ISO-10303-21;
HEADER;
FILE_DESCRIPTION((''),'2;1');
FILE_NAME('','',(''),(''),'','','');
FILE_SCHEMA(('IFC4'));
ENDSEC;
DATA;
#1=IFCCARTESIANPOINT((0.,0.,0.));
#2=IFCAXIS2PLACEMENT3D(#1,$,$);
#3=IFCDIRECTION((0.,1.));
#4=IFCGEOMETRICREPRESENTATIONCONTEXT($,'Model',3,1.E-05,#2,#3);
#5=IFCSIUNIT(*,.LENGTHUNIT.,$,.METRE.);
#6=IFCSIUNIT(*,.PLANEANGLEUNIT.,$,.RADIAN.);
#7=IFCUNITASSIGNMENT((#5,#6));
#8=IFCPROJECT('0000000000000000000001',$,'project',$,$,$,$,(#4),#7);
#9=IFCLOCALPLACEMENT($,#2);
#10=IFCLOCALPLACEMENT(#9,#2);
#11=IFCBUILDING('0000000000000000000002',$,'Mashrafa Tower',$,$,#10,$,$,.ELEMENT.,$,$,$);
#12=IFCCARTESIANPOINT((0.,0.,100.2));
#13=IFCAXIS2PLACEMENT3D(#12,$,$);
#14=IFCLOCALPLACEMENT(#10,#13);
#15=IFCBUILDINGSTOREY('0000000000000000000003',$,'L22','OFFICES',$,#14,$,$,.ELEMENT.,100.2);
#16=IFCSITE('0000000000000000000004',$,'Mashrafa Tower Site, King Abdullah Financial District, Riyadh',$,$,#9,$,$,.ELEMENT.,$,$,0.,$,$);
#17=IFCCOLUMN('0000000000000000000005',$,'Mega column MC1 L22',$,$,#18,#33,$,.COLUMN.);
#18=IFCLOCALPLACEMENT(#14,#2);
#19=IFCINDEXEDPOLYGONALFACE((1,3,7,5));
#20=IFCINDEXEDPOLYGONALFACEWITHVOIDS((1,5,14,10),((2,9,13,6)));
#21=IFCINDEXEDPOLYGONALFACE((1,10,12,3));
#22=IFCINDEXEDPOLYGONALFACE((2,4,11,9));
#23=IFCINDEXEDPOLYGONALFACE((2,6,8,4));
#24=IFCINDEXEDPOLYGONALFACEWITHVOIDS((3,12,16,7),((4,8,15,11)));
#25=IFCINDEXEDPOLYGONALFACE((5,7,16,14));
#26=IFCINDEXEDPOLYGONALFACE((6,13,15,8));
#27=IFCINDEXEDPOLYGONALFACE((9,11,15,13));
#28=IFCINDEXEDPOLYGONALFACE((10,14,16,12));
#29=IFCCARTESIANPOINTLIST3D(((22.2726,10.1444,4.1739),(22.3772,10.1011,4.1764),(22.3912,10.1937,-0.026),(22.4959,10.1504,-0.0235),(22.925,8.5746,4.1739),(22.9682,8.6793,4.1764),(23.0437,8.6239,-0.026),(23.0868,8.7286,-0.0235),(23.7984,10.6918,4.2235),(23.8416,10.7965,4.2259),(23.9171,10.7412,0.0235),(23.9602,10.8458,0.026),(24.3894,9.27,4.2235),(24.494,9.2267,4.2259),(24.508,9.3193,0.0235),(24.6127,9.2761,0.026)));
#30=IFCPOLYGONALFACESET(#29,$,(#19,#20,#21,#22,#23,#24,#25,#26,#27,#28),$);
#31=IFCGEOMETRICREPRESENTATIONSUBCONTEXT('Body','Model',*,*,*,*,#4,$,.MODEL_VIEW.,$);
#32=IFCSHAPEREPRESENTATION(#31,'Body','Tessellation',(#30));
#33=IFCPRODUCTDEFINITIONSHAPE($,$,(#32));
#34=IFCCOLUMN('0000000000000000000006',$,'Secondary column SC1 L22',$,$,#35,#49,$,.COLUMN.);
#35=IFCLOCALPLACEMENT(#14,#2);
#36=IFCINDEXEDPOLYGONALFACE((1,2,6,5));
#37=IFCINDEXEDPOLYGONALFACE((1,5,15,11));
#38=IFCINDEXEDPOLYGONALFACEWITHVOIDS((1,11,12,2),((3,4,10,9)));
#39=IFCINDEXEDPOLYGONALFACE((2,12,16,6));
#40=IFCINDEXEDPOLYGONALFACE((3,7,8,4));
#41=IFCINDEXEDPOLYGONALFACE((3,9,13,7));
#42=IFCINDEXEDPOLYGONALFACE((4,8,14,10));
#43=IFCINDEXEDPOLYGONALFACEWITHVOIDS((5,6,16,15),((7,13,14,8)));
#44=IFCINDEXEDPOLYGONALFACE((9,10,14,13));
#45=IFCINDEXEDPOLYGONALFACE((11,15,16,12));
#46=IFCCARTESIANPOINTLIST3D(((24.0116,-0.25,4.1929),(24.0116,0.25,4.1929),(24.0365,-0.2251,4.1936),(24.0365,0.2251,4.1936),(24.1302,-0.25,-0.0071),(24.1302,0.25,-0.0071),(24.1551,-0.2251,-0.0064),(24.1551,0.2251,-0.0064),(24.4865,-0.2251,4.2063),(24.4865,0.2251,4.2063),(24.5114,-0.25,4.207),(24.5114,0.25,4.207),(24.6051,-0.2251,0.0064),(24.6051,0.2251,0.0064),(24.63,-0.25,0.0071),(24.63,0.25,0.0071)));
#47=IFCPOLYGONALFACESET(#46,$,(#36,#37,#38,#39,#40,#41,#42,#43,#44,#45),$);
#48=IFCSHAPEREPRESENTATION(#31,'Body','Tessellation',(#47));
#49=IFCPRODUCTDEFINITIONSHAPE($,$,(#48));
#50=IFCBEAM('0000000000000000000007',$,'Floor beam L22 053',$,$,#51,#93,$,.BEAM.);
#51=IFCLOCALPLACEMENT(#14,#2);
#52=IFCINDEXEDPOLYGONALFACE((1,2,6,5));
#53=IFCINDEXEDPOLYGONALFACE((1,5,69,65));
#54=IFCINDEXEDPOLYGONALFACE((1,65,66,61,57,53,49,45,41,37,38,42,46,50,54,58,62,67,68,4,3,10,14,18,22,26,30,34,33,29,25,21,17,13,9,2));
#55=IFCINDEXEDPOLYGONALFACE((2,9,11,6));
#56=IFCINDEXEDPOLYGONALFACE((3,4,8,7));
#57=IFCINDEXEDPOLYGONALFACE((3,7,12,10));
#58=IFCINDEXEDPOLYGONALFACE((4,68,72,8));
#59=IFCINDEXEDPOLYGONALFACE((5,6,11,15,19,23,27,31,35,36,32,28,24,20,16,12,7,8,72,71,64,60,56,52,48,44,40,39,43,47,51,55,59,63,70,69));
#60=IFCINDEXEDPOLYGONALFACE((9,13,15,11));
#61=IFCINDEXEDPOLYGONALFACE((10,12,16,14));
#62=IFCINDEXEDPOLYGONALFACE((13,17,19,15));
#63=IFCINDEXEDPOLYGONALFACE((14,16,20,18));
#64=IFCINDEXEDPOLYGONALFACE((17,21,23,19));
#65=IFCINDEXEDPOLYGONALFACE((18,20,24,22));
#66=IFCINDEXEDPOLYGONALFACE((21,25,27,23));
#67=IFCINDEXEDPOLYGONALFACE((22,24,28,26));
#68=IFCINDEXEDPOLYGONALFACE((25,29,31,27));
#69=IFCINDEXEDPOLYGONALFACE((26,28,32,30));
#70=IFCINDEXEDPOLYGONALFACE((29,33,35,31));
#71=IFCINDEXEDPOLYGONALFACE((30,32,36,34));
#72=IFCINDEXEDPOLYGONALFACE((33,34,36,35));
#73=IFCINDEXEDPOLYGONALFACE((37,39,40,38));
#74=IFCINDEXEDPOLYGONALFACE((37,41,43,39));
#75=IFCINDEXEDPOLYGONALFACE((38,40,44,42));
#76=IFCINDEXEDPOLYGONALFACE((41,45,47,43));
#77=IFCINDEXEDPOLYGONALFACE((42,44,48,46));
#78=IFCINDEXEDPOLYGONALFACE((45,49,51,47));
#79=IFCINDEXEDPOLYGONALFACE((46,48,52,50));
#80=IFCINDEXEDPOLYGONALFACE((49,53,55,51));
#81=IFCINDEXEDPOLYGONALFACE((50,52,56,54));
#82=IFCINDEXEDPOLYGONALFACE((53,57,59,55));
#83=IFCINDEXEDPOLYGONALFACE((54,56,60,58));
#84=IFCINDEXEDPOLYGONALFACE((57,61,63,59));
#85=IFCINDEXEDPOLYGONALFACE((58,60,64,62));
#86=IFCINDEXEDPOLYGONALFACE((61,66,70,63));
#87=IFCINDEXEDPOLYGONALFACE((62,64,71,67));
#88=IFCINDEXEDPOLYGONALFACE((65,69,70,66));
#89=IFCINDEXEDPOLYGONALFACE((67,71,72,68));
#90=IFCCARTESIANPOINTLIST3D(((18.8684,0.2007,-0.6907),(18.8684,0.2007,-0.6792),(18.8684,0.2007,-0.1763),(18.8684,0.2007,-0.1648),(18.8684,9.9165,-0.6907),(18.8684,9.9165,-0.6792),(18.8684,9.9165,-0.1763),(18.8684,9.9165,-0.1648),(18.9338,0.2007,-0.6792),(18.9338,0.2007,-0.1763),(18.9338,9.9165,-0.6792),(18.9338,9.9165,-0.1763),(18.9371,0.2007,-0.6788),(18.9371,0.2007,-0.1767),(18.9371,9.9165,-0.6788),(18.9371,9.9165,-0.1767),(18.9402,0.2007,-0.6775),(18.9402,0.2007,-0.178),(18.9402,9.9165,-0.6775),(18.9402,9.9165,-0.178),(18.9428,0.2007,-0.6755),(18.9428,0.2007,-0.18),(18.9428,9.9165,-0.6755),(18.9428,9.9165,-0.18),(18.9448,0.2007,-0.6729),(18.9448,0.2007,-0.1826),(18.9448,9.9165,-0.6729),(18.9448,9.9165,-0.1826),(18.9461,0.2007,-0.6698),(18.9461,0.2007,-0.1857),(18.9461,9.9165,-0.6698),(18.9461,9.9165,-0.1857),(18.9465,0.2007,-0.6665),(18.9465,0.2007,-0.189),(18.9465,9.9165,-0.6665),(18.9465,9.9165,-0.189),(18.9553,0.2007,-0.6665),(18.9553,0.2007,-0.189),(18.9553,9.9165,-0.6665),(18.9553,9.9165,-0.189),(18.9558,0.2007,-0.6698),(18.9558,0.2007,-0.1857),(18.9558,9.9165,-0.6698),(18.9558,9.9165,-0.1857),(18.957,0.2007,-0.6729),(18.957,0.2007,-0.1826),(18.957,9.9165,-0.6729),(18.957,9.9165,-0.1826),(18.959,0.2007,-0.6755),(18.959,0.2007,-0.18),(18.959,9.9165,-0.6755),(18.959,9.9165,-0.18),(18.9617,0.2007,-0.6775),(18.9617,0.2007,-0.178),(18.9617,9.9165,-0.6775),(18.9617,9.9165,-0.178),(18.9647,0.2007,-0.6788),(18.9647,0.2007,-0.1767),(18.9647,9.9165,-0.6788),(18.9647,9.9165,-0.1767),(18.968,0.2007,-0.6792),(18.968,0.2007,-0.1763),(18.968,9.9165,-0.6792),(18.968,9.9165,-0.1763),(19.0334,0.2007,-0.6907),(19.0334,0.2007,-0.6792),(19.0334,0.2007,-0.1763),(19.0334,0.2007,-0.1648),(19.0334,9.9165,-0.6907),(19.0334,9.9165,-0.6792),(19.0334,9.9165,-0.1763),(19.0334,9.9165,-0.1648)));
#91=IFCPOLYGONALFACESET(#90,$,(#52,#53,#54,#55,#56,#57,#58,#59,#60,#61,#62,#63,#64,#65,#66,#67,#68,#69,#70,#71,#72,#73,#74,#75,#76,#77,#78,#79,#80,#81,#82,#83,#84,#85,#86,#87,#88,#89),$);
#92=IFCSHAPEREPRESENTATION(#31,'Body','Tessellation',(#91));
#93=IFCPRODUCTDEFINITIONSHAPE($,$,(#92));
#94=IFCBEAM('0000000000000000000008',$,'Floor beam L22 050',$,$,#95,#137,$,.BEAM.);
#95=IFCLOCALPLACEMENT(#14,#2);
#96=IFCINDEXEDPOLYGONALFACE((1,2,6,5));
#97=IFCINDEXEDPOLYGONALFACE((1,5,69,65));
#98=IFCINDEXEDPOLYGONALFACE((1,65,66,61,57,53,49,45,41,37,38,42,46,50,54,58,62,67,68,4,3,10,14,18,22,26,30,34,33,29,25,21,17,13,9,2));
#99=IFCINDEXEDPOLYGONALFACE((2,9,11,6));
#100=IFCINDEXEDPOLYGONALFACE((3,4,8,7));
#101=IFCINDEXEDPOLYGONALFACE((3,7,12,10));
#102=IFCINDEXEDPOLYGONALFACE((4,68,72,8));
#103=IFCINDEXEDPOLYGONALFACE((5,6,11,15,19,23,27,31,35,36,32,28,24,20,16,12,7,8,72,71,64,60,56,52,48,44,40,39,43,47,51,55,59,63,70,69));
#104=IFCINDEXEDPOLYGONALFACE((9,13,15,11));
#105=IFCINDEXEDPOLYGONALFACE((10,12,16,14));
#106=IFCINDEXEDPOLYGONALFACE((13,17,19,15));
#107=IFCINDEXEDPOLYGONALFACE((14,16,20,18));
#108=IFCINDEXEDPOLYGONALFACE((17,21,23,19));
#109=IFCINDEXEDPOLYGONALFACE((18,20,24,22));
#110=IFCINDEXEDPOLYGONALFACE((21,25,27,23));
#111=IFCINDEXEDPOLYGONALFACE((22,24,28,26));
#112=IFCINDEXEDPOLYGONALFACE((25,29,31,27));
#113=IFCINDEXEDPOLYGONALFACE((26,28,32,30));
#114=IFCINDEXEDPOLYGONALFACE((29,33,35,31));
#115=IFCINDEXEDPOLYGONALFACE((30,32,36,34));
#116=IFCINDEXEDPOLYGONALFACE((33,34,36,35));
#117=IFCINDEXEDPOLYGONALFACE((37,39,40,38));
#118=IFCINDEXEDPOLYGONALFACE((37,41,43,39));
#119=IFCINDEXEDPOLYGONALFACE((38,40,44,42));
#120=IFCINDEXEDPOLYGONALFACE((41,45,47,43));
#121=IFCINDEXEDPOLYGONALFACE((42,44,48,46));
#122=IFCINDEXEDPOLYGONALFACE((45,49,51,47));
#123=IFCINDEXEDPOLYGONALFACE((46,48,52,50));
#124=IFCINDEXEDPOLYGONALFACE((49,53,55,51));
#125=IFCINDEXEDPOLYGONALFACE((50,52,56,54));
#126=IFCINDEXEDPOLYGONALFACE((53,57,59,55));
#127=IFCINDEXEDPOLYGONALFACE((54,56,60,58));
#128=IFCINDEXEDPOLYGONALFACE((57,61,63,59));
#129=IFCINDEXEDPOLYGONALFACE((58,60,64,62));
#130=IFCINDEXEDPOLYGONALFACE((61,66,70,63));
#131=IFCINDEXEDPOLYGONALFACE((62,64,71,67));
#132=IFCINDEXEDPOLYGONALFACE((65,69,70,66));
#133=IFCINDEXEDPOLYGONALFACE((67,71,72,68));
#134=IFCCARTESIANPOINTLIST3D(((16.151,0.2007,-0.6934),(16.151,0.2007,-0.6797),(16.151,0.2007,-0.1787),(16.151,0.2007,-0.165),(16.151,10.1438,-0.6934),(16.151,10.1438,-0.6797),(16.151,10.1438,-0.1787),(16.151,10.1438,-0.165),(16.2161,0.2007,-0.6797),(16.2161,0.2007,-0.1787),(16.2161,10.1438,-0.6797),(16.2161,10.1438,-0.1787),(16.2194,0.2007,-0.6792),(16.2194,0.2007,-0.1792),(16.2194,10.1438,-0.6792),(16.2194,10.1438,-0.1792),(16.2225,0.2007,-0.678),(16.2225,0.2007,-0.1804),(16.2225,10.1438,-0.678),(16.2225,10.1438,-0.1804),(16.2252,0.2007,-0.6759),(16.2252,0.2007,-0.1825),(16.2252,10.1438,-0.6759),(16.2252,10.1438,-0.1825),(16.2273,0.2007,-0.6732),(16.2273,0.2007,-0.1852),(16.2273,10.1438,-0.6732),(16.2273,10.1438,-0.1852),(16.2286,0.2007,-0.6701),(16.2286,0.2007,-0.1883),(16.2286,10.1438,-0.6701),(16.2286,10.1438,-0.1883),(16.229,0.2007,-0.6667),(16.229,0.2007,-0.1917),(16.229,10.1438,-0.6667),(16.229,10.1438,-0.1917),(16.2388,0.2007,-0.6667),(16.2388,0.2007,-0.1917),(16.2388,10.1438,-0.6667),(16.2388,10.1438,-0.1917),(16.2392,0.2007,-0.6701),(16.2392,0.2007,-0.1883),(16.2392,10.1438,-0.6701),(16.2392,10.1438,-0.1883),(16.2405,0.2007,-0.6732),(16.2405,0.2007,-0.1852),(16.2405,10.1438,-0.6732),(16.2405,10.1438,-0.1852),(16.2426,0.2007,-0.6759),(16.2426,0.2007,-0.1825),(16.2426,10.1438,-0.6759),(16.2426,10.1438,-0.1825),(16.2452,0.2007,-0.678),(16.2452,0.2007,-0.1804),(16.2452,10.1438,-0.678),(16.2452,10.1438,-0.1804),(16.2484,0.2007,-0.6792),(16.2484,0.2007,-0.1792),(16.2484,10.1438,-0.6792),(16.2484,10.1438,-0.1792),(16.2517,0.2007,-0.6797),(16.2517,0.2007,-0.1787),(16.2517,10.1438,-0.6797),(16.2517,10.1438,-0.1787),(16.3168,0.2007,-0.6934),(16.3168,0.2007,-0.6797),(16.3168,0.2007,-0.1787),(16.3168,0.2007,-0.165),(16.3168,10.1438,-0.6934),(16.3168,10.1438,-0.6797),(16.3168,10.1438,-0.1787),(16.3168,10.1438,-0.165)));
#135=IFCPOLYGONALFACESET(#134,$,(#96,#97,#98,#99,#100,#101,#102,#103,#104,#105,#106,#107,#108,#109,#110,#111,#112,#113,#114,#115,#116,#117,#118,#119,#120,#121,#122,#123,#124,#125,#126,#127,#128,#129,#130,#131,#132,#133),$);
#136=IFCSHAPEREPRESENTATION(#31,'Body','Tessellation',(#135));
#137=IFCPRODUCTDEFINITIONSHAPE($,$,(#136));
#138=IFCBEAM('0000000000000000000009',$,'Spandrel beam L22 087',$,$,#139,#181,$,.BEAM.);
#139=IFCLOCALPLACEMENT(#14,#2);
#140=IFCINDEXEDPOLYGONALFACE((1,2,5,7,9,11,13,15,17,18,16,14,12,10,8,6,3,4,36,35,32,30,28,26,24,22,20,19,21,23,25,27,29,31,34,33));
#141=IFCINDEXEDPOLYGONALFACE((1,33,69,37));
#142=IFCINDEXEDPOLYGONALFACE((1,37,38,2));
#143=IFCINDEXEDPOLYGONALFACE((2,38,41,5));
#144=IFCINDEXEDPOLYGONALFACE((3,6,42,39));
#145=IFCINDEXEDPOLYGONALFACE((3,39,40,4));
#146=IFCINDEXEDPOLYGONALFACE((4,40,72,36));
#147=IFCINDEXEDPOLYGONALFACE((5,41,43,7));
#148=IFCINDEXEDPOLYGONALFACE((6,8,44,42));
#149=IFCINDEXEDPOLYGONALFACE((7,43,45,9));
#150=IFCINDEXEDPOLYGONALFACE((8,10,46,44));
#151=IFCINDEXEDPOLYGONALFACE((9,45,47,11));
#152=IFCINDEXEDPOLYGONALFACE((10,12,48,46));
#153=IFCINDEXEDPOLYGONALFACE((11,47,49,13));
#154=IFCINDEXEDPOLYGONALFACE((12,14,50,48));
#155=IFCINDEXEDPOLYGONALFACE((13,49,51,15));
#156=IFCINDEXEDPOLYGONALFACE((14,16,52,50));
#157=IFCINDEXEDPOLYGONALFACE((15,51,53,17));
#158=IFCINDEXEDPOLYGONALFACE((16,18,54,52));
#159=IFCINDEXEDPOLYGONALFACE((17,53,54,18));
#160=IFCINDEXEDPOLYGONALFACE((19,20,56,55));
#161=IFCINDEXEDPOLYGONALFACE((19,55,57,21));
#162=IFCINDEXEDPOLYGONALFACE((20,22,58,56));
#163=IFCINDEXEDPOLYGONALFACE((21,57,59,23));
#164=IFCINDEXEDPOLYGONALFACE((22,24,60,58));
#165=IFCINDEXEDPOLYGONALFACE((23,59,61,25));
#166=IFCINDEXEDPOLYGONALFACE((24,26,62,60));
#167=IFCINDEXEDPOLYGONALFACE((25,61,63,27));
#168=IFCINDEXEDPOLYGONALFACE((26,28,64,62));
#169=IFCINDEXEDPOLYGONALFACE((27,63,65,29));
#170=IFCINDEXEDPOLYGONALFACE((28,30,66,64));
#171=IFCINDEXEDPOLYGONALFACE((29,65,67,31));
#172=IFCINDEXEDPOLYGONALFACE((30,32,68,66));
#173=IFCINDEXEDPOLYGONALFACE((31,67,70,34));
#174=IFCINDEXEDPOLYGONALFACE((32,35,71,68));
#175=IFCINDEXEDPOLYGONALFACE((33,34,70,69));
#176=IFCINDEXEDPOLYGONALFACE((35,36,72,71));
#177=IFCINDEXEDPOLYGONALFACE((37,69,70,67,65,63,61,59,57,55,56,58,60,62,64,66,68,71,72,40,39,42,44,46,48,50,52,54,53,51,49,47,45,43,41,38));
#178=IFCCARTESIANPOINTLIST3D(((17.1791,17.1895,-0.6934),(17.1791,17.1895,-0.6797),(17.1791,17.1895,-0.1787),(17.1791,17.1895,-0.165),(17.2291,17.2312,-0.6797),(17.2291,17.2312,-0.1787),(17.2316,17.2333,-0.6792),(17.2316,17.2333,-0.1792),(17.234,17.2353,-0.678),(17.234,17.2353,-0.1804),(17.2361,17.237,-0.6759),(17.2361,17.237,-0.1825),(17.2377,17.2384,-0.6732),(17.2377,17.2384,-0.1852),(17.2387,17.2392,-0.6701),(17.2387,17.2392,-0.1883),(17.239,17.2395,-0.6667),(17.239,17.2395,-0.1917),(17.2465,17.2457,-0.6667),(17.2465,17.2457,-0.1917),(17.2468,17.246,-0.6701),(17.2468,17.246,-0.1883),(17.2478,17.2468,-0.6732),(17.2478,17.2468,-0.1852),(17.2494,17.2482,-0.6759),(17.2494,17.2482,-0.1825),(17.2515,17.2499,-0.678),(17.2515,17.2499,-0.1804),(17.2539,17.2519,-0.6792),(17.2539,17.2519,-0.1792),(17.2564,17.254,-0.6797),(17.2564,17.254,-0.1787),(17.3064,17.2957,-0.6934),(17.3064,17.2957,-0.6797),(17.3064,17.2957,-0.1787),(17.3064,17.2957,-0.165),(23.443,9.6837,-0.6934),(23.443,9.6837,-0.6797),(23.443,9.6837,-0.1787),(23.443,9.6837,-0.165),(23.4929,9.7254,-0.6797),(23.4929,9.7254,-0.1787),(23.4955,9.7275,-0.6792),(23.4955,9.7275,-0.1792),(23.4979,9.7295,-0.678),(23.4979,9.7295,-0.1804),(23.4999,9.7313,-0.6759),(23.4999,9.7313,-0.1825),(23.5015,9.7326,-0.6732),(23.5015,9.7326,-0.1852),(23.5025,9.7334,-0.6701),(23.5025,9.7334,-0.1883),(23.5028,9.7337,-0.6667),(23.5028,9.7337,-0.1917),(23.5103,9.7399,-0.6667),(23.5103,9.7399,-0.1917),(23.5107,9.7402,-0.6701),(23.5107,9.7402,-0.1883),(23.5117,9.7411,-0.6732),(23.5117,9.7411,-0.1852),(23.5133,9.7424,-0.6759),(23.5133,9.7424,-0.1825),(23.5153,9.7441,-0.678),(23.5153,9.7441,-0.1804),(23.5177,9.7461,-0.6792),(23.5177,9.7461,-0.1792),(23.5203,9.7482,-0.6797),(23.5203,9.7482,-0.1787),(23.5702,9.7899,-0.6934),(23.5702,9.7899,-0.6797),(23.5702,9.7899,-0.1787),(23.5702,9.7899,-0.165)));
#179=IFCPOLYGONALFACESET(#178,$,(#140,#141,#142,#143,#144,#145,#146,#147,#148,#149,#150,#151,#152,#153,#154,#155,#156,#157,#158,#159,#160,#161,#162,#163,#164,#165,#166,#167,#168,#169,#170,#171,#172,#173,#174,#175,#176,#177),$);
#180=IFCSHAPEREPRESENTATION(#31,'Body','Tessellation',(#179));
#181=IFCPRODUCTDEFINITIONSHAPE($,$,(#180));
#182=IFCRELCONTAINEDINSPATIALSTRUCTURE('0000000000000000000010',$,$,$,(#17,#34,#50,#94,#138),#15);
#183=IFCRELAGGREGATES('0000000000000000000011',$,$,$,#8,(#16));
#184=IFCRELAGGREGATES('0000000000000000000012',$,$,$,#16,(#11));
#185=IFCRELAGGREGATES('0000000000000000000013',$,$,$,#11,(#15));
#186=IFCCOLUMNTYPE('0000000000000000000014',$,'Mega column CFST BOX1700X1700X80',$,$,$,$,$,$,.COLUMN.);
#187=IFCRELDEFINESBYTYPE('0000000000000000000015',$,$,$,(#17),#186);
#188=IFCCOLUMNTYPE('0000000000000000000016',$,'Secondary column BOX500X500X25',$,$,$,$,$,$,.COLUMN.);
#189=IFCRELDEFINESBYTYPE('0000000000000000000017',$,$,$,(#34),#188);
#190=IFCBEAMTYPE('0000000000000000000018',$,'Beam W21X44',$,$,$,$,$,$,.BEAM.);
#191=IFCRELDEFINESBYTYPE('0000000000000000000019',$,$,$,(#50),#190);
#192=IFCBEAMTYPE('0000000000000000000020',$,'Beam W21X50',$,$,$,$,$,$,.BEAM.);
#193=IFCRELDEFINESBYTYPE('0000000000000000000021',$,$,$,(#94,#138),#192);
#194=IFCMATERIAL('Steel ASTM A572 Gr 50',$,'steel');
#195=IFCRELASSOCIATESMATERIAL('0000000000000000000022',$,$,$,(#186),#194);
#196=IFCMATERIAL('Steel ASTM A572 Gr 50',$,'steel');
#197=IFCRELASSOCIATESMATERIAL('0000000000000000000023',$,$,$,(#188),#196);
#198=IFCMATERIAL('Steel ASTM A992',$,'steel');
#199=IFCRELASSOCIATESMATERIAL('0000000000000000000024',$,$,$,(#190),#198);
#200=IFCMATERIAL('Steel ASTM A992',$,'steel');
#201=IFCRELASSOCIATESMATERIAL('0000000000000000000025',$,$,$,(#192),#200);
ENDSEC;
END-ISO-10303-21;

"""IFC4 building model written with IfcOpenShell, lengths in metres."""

from ifc_helpers import new_model, si_unit, direction, frame, origin, origin_2d, place, context, subcontext, project, spatial, hollow_rectangle, i_section, extrude, material, material_profile, profile_set, type_object, element, save


model = new_model("IFC4")

# Units and contexts
model_context = context("Model", 3, precision=1e-05, world=origin(), true_north=direction((0.0, 1.0)))
body_context = subcontext(model_context, "Body", "Model", "MODEL_VIEW")
ifc_project = project(units=[si_unit("LENGTHUNIT", "METRE"), si_unit("PLANEANGLEUNIT", "RADIAN")], contexts=[model_context])

# Site, building, storey
site_placement = place(None, origin())
site = spatial("IfcSite", under=ifc_project, at=site_placement, Name="Mashrafa Tower Site, King Abdullah Financial District, Riyadh", CompositionType="ELEMENT", RefElevation=0.0)
building_placement = place(site_placement, origin())
building = spatial("IfcBuilding", under=site, at=building_placement, Name="Mashrafa Tower", CompositionType="ELEMENT")
storey_placement = place(building_placement, frame((0.0, 0.0, 100.2)))
storey = spatial("IfcBuildingStorey", under=building, at=storey_placement, Name="L22", Description="OFFICES", CompositionType="ELEMENT", Elevation=100.2)

# Columns
ifc_material_1 = material(Name="Steel ASTM A572 Gr 50", Category="steel")
ifc_material_profile_1 = material_profile(ifc_material_1, hollow_rectangle(XDim=1.7, YDim=1.7, WallThickness=0.0801, at=origin_2d()), Name="BOX1700X1700X80")
ifc_profile_set_1 = profile_set([ifc_material_profile_1], Name="Steel ASTM A572 Gr 50")
column_type_1 = type_object("IfcColumnType", Name="Mega column CFST BOX1700X1700X80", PredefinedType="COLUMN", material=ifc_profile_set_1)
column_1_placement = place(storey_placement, frame((23.502, 9.7349, 0.0), z_axis=(-0.028238, -0.011737, 0.999532), x_axis=(0.383806, -0.923414, 0.0)))
element("IfcColumn", 1, at=column_1_placement, inside=storey, type_object=column_type_1, Name="Mega column MC1 L22", PredefinedType="COLUMN", context=body_context, shape_type="SweptSolid", body=[
    extrude(hollow_rectangle(XDim=1.7, YDim=1.7, WallThickness=0.0801, at=origin_2d()), origin(), (0.0, 0.0, 1.0), 4.2019),
])
ifc_material_2 = material(Name="Steel ASTM A572 Gr 50", Category="steel")
ifc_material_profile_2 = material_profile(ifc_material_2, hollow_rectangle(XDim=0.5, YDim=0.5, WallThickness=0.0249, at=origin_2d()), Name="BOX500X500X25")
ifc_profile_set_2 = profile_set([ifc_material_profile_2], Name="Steel ASTM A572 Gr 50")
column_type_2 = type_object("IfcColumnType", Name="Secondary column BOX500X500X25", PredefinedType="COLUMN", material=ifc_profile_set_2)
column_2_placement = place(storey_placement, frame((24.3801, 0.0, 0.0), z_axis=(-0.02824, 0.0, 0.999601), x_axis=(0.0, -1.0, 0.0)))
element("IfcColumn", 2, at=column_2_placement, inside=storey, type_object=column_type_2, Name="Secondary column SC1 L22", PredefinedType="COLUMN", context=body_context, shape_type="SweptSolid", body=[
    extrude(hollow_rectangle(XDim=0.5, YDim=0.5, WallThickness=0.0249, at=origin_2d()), origin(), (0.0, 0.0, 1.0), 4.2017),
])

# Beams
ifc_material_3 = material(Name="Steel ASTM A992", Category="steel")
ifc_material_profile_3 = material_profile(ifc_material_3, i_section(OverallWidth=0.165, OverallDepth=0.5259, WebThickness=0.0088, FlangeThickness=0.0115, FilletRadius=0.0127, at=origin_2d()), Name="W21X44")
ifc_profile_set_3 = profile_set([ifc_material_profile_3], Name="Steel ASTM A992")
beam_type_1 = type_object("IfcBeamType", Name="Beam W21X44", PredefinedType="BEAM", material=ifc_profile_set_3)
beam_1_placement = place(storey_placement, frame((18.9509, 9.9165, -0.4277), z_axis=(0.0, -1.0, 0.0), x_axis=(1.0, 0.0, 0.0)))
element("IfcBeam", 3, at=beam_1_placement, inside=storey, type_object=beam_type_1, Name="Floor beam L22 053", PredefinedType="BEAM", context=body_context, shape_type="SweptSolid", body=[
    extrude(i_section(OverallWidth=0.165, OverallDepth=0.5259, WebThickness=0.0088, FlangeThickness=0.0115, FilletRadius=0.0127, at=origin_2d()), origin(), (0.0, 0.0, 1.0), 9.7158),
])
ifc_material_4 = material(Name="Steel ASTM A992", Category="steel")
ifc_material_profile_4 = material_profile(ifc_material_4, i_section(OverallWidth=0.1658, OverallDepth=0.5283, WebThickness=0.0098, FlangeThickness=0.0137, FilletRadius=0.0129, at=origin_2d()), Name="W21X50")
ifc_profile_set_4 = profile_set([ifc_material_profile_4], Name="Steel ASTM A992")
beam_type_2 = type_object("IfcBeamType", Name="Beam W21X50", PredefinedType="BEAM", material=ifc_profile_set_4)
beam_2_placement = place(storey_placement, frame((16.2339, 10.1438, -0.4292), z_axis=(0.0, -1.0, 0.0), x_axis=(1.0, 0.0, 0.0)))
element("IfcBeam", 4, at=beam_2_placement, inside=storey, type_object=beam_type_2, Name="Floor beam L22 050", PredefinedType="BEAM", context=body_context, shape_type="SweptSolid", body=[
    extrude(i_section(OverallWidth=0.1658, OverallDepth=0.5283, WebThickness=0.0098, FlangeThickness=0.0137, FilletRadius=0.0129, at=origin_2d()), origin(), (0.0, 0.0, 1.0), 9.9431),
])
beam_3_placement = place(storey_placement, frame((23.5066, 9.7368, -0.4292), z_axis=(-0.64073, 0.767767, 0.0), x_axis=(-0.767767, -0.64073, 0.0)))
element("IfcBeam", 5, at=beam_3_placement, inside=storey, type_object=beam_type_2, Name="Spandrel beam L22 087", PredefinedType="BEAM", context=body_context, shape_type="SweptSolid", body=[
    extrude(i_section(OverallWidth=0.1658, OverallDepth=0.5283, WebThickness=0.0098, FlangeThickness=0.0137, FilletRadius=0.0129, at=origin_2d()), origin(), (0.0, 0.0, 1.0), 9.7761),
])

save(model, "model.ifc")
